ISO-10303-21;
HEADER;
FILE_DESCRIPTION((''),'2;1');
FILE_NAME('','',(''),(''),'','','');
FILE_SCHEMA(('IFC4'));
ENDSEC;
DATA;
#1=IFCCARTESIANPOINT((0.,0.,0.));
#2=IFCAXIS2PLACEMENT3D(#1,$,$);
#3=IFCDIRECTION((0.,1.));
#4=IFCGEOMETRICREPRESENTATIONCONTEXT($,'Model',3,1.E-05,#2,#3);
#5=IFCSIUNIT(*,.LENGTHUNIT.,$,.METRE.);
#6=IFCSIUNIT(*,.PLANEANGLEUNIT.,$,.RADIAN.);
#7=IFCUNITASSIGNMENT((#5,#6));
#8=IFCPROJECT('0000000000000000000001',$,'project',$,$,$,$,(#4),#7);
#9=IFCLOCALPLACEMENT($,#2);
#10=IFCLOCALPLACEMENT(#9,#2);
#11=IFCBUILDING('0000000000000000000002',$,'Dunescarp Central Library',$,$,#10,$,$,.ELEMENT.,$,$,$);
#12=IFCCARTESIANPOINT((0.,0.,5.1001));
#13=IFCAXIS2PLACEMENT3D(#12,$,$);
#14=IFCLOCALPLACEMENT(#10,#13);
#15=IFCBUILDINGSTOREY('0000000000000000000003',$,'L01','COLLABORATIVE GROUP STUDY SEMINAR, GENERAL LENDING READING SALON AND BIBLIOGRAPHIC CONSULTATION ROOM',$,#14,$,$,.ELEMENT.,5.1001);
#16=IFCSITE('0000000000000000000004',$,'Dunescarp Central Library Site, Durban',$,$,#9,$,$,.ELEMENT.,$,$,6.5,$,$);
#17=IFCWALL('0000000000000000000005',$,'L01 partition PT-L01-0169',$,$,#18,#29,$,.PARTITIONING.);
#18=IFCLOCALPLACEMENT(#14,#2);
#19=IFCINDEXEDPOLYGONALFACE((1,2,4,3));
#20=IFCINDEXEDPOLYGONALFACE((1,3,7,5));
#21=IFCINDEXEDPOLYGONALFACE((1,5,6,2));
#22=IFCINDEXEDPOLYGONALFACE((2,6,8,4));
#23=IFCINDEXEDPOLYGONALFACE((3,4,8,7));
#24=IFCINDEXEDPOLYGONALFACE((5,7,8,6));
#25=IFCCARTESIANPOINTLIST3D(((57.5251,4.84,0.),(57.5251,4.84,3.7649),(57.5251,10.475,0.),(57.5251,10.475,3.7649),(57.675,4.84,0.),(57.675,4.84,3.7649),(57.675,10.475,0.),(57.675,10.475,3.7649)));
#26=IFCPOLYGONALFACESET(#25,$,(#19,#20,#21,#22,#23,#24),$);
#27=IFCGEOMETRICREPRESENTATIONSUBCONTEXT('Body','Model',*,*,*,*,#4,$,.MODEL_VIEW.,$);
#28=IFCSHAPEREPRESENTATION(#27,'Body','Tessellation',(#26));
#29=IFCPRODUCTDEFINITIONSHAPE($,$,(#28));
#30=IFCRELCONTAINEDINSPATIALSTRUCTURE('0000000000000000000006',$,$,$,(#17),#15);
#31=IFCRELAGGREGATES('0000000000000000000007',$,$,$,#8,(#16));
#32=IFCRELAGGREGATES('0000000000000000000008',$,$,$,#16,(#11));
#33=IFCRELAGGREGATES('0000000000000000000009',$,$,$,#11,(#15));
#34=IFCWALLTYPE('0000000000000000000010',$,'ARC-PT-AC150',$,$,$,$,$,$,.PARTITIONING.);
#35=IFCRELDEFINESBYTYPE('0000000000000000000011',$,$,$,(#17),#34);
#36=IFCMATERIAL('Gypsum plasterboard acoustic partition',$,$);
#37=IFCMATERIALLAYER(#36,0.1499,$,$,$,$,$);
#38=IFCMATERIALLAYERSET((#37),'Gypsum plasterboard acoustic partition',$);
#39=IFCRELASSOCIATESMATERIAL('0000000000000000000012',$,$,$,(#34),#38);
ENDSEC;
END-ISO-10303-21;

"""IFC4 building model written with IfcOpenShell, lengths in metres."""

from ifc_helpers import new_model, si_unit, direction, frame, frame_2d, origin, place, context, subcontext, project, spatial, rectangle, extrude, material, layer, layer_set, type_object, element, save


model = new_model("IFC4")

# Units and contexts
model_context = context("Model", 3, precision=1e-05, world=origin(), true_north=direction((0.0, 1.0)))
body_context = subcontext(model_context, "Body", "Model", "MODEL_VIEW")
ifc_project = project(units=[si_unit("LENGTHUNIT", "METRE"), si_unit("PLANEANGLEUNIT", "RADIAN")], contexts=[model_context])

# Site, building, storey
site_placement = place(None, origin())
site = spatial("IfcSite", under=ifc_project, at=site_placement, Name="Dunescarp Central Library Site, Durban", CompositionType="ELEMENT", RefElevation=6.5)
building_placement = place(site_placement, origin())
building = spatial("IfcBuilding", under=site, at=building_placement, Name="Dunescarp Central Library", CompositionType="ELEMENT")
storey_placement = place(building_placement, frame((0.0, 0.0, 5.1001)))
storey = spatial("IfcBuildingStorey", under=building, at=storey_placement, Name="L01", Description="COLLABORATIVE GROUP STUDY SEMINAR, GENERAL LENDING READING SALON AND BIBLIOGRAPHIC CONSULTATION ROOM", CompositionType="ELEMENT", Elevation=5.1001)

# Wall
ifc_material_1 = material(Name="Gypsum plasterboard acoustic partition")
ifc_layer_1 = layer(ifc_material_1, 0.1499)
ifc_layer_set_1 = layer_set([ifc_layer_1], Name="Gypsum plasterboard acoustic partition")
wall_type = type_object("IfcWallType", Name="ARC-PT-AC150", PredefinedType="PARTITIONING", material=ifc_layer_set_1)
wall_placement = place(storey_placement, frame((57.6001, 4.8401, 0.0), z_axis=(0.0, 0.0, 1.0), x_axis=(0.0, 1.0, 0.0)))
element("IfcWall", 1, at=wall_placement, inside=storey, type_object=wall_type, Name="L01 partition PT-L01-0169", PredefinedType="PARTITIONING", context=body_context, shape_type="SweptSolid", body=[
    extrude(rectangle(XDim=5.635, YDim=0.1499, at=frame_2d((2.8174, 0.0))), origin(), (0.0, 0.0, 1.0), 3.7649),
])

save(model, "model.ifc")
